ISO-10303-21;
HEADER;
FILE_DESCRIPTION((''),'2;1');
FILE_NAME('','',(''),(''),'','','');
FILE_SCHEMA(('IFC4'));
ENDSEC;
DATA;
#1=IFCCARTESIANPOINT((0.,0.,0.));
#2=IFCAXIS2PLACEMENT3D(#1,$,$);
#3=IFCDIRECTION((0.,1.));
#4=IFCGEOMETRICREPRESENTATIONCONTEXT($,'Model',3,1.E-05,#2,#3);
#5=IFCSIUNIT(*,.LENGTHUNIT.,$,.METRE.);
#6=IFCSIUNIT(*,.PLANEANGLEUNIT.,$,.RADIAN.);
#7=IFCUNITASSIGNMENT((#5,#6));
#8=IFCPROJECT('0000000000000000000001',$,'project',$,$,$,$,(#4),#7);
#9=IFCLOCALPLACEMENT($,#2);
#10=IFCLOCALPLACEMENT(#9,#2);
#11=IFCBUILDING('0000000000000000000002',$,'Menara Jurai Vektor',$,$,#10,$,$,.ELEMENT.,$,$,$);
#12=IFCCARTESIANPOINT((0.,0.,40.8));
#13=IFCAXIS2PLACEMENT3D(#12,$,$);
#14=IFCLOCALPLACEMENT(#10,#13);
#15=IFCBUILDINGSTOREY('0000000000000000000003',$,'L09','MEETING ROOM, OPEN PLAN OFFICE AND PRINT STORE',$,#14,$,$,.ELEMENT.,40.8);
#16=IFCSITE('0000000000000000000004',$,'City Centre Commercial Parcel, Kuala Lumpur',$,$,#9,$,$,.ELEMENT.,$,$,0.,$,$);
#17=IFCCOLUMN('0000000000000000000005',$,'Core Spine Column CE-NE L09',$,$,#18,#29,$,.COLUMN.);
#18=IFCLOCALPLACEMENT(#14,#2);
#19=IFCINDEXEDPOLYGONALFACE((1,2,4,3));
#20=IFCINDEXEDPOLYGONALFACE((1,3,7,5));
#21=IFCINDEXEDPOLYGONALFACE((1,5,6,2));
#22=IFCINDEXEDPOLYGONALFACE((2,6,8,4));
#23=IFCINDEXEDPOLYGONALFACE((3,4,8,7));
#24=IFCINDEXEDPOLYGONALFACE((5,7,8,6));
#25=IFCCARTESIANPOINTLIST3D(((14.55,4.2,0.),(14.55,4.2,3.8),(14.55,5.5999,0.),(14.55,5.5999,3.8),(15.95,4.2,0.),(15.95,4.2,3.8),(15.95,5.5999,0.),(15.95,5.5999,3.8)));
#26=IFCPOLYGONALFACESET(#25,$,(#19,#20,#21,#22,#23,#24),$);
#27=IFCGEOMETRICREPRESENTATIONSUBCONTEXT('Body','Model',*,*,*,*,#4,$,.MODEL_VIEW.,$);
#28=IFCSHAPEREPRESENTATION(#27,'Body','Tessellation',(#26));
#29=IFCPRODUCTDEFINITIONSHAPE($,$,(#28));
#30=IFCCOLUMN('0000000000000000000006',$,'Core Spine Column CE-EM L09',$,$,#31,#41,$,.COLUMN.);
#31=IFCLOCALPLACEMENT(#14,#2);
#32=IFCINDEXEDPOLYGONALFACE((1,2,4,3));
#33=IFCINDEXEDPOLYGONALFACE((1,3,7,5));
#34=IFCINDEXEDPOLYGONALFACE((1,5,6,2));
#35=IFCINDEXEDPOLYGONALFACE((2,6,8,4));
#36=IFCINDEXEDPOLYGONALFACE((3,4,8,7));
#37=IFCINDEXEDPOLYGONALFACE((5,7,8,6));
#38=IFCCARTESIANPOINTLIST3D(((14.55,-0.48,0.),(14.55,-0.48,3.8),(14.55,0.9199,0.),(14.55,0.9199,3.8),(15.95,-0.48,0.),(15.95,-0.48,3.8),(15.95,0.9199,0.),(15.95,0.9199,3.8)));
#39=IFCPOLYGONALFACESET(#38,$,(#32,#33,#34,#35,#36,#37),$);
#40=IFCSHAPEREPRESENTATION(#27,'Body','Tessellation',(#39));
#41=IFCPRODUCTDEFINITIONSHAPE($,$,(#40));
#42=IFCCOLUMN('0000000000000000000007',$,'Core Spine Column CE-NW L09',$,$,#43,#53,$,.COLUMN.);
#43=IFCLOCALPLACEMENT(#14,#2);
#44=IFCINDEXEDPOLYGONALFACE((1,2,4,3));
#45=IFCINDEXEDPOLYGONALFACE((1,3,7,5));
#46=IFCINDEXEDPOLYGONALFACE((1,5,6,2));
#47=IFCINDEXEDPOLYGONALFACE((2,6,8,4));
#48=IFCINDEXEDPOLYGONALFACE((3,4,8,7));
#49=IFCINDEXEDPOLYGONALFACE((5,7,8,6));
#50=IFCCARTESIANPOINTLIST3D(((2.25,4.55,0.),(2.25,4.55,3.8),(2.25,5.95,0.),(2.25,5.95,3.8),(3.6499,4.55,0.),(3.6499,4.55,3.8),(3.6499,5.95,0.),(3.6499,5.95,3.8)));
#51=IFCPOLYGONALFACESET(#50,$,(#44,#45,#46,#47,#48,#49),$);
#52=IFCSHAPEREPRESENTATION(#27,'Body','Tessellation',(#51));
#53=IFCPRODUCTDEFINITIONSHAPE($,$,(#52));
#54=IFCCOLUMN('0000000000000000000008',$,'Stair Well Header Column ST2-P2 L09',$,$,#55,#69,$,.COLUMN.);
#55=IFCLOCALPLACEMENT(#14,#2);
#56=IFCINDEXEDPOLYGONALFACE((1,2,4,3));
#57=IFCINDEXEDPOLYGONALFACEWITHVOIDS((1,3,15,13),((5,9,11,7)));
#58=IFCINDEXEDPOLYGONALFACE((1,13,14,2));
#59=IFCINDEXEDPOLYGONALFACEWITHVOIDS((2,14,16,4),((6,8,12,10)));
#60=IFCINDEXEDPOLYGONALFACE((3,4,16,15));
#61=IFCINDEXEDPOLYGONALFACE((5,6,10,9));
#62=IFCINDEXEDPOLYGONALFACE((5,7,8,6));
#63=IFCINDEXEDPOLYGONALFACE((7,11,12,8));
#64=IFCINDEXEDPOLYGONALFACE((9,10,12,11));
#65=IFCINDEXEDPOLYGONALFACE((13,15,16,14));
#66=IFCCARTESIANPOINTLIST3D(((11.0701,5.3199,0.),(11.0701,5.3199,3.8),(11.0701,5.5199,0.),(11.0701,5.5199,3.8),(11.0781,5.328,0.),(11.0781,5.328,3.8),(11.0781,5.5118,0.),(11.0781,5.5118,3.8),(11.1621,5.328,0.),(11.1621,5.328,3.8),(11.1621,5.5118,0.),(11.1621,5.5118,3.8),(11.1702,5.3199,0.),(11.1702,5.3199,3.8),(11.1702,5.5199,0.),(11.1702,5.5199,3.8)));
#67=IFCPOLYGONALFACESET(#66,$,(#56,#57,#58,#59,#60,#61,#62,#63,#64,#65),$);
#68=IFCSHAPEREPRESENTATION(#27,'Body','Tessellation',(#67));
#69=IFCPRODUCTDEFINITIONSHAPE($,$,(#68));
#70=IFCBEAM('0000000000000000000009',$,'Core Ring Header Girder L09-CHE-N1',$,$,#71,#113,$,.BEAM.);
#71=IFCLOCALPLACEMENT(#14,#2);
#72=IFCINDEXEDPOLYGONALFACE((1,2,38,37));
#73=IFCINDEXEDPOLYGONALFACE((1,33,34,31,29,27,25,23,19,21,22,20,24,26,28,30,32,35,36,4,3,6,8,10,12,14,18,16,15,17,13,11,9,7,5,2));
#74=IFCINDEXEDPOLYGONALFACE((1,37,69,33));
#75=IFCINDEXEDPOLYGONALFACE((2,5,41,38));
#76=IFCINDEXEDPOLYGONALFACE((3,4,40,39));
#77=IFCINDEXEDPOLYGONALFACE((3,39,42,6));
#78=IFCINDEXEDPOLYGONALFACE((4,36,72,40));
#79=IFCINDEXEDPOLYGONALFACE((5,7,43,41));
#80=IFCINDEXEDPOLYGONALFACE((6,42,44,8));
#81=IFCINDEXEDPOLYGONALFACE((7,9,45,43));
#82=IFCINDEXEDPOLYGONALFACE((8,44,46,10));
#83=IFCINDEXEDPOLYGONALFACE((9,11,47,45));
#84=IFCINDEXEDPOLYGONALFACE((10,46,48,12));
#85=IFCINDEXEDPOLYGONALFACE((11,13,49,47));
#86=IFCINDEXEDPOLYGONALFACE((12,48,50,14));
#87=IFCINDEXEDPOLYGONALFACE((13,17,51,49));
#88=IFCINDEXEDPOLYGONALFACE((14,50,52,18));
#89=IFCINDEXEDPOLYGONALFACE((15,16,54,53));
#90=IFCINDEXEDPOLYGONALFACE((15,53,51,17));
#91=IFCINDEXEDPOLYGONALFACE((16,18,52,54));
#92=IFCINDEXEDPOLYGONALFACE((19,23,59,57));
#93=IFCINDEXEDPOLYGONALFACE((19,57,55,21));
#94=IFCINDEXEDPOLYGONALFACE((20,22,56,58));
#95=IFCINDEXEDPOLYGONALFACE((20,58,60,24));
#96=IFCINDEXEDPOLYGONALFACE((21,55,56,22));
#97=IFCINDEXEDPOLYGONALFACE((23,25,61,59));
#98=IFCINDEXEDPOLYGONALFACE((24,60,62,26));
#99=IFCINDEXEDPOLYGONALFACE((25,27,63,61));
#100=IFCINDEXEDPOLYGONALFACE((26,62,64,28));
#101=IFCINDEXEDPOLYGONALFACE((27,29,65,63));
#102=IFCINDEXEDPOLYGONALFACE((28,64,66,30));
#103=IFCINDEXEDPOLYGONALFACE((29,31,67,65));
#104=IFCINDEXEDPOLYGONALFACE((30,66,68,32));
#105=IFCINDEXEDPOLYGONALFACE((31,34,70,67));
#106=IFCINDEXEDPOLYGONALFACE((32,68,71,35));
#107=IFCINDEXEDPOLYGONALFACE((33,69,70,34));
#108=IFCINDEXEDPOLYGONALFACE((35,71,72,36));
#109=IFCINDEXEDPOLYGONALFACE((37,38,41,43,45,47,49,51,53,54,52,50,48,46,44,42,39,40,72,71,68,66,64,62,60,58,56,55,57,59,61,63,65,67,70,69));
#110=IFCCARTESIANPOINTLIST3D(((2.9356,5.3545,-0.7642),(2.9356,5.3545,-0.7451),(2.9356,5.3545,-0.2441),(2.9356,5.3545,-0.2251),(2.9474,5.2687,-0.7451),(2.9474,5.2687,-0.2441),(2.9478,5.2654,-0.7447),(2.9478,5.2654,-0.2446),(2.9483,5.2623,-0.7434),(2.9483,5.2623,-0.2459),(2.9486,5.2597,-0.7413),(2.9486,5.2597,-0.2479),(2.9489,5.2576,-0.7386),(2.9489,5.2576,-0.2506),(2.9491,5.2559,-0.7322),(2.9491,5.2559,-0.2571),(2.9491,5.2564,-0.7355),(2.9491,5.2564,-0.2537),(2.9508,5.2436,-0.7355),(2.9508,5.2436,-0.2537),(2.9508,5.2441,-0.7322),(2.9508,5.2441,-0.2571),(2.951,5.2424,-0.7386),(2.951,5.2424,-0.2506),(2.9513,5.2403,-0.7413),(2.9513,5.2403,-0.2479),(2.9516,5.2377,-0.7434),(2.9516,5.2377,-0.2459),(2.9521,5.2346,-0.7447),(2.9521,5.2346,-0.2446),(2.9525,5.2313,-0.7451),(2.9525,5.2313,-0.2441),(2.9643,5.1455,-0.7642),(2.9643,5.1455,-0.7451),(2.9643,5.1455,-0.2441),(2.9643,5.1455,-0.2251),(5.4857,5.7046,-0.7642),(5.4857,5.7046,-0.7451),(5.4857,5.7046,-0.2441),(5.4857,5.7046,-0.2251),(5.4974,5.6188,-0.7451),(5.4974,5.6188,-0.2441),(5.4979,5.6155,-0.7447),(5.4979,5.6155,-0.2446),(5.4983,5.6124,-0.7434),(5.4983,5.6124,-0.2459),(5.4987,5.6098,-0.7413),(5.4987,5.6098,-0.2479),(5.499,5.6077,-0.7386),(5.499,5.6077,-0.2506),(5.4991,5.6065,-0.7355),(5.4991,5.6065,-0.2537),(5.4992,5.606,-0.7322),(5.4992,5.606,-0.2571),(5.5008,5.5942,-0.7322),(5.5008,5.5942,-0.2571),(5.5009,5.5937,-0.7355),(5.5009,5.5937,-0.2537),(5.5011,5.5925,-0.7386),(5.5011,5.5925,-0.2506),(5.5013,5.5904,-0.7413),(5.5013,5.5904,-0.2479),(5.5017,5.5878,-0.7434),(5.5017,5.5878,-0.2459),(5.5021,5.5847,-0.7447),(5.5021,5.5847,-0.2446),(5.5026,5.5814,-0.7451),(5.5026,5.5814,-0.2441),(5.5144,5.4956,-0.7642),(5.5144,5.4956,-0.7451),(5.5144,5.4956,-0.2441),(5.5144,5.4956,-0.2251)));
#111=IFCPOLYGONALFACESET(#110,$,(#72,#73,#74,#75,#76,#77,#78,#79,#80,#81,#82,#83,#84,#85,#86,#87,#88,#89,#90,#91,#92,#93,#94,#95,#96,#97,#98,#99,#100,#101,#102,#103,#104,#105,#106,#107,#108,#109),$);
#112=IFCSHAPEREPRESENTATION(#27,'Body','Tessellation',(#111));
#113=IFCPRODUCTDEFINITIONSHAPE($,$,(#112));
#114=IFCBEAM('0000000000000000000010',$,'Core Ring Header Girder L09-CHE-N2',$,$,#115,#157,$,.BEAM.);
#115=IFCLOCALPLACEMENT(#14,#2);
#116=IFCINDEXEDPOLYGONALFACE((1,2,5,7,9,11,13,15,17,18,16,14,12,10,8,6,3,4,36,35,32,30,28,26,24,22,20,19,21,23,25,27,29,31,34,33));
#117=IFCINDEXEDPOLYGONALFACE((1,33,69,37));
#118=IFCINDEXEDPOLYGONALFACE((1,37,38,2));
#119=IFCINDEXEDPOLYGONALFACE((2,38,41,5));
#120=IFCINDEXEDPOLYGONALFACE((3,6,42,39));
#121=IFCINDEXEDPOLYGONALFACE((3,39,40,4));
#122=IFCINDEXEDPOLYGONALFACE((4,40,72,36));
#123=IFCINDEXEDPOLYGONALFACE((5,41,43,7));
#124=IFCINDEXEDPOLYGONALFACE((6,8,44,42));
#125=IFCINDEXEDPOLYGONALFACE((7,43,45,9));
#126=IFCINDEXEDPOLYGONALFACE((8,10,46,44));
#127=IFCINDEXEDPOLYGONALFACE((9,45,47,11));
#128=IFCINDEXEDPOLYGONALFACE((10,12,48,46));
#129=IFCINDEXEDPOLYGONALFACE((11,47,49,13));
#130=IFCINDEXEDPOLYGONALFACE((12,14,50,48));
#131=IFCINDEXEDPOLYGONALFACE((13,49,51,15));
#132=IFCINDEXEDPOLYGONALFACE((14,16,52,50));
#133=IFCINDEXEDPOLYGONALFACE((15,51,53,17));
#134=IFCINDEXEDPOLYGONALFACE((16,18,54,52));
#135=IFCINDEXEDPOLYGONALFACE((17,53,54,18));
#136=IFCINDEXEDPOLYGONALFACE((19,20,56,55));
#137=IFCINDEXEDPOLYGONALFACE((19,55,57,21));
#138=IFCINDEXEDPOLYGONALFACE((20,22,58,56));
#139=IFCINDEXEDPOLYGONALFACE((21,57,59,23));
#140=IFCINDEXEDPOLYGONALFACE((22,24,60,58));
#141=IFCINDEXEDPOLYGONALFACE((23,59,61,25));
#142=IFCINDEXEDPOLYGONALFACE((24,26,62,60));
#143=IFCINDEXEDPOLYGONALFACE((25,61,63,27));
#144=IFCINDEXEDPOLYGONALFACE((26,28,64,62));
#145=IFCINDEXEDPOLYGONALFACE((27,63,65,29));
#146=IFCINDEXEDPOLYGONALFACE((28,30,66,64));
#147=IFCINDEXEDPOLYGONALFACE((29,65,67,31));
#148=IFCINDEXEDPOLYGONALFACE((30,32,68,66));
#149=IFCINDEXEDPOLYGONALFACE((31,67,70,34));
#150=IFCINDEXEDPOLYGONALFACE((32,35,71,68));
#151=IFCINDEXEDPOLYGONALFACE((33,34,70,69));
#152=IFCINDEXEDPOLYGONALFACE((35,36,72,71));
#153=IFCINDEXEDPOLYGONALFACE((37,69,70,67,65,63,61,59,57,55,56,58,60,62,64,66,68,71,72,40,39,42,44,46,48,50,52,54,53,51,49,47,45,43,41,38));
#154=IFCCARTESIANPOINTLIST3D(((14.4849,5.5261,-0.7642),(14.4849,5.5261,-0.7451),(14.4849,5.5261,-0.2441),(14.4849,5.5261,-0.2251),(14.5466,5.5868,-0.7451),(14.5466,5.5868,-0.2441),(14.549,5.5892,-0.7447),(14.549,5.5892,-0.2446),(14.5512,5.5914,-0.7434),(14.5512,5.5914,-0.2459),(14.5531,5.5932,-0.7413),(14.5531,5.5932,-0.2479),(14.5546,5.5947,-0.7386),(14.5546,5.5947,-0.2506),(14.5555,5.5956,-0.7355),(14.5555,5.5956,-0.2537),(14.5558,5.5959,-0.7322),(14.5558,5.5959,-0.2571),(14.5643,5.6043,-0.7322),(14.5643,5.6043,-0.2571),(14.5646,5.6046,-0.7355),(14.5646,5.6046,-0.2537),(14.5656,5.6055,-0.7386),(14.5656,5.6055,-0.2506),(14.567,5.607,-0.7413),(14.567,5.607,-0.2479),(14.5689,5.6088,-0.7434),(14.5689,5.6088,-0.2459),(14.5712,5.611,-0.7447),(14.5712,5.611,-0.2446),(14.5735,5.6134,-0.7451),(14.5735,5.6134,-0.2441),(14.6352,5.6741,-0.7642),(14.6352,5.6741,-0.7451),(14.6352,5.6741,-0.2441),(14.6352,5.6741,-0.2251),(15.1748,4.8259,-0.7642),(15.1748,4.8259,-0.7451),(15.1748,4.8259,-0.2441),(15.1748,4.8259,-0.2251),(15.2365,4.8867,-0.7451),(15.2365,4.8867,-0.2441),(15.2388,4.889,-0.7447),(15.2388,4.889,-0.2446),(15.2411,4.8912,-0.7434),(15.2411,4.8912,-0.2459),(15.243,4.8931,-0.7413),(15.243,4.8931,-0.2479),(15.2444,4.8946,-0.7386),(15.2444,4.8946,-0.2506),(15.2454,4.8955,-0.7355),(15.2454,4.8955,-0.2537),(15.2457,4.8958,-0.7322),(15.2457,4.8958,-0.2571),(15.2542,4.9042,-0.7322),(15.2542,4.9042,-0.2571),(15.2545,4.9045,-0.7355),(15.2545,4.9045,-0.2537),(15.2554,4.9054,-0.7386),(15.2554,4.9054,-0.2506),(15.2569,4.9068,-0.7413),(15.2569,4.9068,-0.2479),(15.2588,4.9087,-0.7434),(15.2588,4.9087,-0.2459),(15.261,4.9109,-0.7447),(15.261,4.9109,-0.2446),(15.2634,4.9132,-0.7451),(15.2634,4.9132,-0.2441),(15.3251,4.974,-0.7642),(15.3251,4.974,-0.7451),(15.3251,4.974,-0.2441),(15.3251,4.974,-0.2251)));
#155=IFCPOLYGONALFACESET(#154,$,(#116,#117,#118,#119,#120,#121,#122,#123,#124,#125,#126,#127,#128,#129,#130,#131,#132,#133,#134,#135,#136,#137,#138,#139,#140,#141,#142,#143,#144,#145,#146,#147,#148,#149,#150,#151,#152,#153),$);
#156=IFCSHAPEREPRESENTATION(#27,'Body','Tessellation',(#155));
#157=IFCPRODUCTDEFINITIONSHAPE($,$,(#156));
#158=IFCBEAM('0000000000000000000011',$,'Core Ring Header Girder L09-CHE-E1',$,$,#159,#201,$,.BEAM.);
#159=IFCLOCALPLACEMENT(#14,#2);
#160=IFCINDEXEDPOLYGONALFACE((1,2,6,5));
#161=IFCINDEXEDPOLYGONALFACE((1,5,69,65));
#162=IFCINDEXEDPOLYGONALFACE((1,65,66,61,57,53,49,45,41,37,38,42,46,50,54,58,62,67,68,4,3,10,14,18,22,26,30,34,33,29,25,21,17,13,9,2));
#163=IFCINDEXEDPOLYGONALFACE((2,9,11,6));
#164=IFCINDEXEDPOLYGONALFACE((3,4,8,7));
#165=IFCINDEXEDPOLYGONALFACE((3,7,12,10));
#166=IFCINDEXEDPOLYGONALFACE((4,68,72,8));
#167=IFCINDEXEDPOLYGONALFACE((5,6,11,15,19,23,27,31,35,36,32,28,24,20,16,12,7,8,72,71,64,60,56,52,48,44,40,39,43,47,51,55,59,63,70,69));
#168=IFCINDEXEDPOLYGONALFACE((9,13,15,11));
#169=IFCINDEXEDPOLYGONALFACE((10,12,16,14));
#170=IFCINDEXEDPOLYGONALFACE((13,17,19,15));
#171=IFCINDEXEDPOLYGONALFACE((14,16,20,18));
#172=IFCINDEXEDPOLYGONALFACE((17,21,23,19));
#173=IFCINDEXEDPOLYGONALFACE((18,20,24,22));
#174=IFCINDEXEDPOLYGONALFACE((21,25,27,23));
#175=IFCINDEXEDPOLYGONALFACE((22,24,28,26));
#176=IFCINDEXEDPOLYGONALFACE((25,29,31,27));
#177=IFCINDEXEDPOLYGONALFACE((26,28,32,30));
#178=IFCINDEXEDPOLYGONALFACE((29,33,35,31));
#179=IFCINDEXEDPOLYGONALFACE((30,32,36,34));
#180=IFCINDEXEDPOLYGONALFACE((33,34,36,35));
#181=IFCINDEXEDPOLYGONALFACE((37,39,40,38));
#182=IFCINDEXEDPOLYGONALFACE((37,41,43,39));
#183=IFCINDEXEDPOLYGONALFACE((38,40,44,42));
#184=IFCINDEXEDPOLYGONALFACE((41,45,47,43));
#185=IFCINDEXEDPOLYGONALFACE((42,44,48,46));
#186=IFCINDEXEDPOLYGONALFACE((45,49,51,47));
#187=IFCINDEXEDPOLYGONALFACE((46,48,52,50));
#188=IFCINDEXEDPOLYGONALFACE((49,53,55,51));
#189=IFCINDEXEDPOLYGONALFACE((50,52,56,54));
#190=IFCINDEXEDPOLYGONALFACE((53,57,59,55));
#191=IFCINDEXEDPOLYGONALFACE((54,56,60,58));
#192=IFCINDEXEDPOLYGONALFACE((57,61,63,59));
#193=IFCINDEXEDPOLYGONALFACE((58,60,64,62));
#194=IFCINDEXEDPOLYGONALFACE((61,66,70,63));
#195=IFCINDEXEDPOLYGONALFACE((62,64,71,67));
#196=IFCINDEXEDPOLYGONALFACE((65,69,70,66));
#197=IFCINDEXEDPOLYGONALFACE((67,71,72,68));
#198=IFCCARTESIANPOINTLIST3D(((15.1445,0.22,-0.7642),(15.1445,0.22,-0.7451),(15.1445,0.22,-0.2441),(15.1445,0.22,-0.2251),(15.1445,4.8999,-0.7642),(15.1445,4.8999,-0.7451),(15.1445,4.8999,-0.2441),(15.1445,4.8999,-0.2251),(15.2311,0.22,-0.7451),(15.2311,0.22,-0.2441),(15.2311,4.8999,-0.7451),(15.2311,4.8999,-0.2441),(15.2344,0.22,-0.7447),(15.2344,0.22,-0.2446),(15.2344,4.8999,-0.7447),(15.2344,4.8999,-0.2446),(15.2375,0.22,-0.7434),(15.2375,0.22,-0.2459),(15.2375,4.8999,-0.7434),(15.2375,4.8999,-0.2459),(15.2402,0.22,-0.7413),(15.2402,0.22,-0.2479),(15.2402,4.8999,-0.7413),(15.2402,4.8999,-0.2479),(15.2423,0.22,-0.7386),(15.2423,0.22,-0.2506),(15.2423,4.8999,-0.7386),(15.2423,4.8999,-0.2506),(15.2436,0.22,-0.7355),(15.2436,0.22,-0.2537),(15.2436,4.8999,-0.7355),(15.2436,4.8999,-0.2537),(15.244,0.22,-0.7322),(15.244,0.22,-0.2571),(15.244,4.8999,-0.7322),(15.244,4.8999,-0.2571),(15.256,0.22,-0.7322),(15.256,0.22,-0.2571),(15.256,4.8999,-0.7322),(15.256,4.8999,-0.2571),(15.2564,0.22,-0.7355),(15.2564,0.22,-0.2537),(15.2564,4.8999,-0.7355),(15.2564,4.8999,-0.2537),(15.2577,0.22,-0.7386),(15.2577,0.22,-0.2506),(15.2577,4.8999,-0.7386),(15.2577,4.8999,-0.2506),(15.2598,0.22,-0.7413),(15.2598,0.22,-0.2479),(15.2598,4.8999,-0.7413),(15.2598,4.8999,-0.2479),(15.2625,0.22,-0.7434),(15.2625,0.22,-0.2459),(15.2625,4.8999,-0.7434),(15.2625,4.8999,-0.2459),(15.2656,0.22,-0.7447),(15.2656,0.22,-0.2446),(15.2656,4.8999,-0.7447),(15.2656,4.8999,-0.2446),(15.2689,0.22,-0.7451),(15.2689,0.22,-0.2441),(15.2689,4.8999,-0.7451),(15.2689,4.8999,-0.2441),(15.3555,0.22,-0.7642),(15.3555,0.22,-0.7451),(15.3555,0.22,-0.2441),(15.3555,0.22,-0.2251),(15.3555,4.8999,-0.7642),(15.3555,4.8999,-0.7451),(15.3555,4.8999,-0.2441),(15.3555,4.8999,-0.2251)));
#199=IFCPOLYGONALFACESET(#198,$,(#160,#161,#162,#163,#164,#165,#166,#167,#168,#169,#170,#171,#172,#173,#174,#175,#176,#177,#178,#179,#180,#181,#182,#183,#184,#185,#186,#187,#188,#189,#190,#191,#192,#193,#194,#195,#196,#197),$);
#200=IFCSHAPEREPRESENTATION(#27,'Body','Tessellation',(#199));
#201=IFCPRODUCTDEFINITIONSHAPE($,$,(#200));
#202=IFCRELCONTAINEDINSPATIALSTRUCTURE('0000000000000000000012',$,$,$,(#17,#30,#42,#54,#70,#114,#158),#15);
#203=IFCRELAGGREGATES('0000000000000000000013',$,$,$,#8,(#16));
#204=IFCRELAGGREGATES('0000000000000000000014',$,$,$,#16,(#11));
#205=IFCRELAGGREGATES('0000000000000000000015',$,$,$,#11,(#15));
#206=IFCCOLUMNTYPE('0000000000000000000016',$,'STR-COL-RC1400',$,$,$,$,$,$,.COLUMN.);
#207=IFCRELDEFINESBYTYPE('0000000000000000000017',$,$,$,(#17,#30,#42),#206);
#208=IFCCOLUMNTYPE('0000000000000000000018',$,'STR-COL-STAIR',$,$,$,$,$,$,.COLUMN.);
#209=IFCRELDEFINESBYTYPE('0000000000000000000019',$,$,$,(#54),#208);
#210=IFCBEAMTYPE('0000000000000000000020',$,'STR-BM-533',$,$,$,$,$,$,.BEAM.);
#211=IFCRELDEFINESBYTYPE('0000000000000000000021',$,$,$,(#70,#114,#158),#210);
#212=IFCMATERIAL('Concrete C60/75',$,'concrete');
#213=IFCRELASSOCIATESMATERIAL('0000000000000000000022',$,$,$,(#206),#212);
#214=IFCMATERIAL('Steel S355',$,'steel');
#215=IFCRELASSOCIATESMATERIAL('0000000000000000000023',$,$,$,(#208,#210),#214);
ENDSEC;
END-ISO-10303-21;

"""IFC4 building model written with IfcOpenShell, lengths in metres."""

from ifc_helpers import new_model, si_unit, direction, frame, origin, origin_2d, place, context, subcontext, project, spatial, rectangle, hollow_rectangle, i_section, extrude, material, material_profile, profile_set, type_object, element, save


model = new_model("IFC4")

# Units and contexts
model_context = context("Model", 3, precision=1e-05, world=origin(), true_north=direction((0.0, 1.0)))
body_context = subcontext(model_context, "Body", "Model", "MODEL_VIEW")
ifc_project = project(units=[si_unit("LENGTHUNIT", "METRE"), si_unit("PLANEANGLEUNIT", "RADIAN")], contexts=[model_context])

# Site, building, storey
site_placement = place(None, origin())
site = spatial("IfcSite", under=ifc_project, at=site_placement, Name="City Centre Commercial Parcel, Kuala Lumpur", CompositionType="ELEMENT", RefElevation=0.0)
building_placement = place(site_placement, origin())
building = spatial("IfcBuilding", under=site, at=building_placement, Name="Menara Jurai Vektor", CompositionType="ELEMENT")
storey_placement = place(building_placement, frame((0.0, 0.0, 40.8)))
storey = spatial("IfcBuildingStorey", under=building, at=storey_placement, Name="L09", Description="MEETING ROOM, OPEN PLAN OFFICE AND PRINT STORE", CompositionType="ELEMENT", Elevation=40.8)

# Columns
ifc_material_1 = material(Name="Concrete C60/75", Category="concrete")
ifc_material_profile_1 = material_profile(ifc_material_1, rectangle(XDim=1.3999, YDim=1.3999, at=origin_2d()), Name="RC 1400x1400")
ifc_profile_set_1 = profile_set([ifc_material_profile_1], Name="Concrete C60/75")
column_type_1 = type_object("IfcColumnType", Name="STR-COL-RC1400", PredefinedType="COLUMN", material=ifc_profile_set_1)
for number, where, z_axis, x_axis, name in (
    (1, (15.25, 4.8999, 0.0), (0.0, 0.0, 1.0), (1.0, 0.0, 0.0), "Core Spine Column CE-NE L09"),
    (2, (15.25, 0.22, 0.0), (0.0, 0.0, 1.0), (1.0, 0.0, 0.0), "Core Spine Column CE-EM L09"),
    (3, (2.95, 5.25, 0.0), (0.0, 0.0, 1.0), (1.0, 0.0, 0.0), "Core Spine Column CE-NW L09"),
):
    element("IfcColumn", number, at=place(storey_placement, frame(where, z_axis=z_axis, x_axis=x_axis)), inside=storey, type_object=column_type_1, Name=name, PredefinedType="COLUMN", context=body_context, shape_type="SweptSolid", body=[
        extrude(rectangle(XDim=1.3999, YDim=1.3999, at=origin_2d()), origin(), (0.0, 0.0, 1.0), 3.8),
    ])
ifc_material_2 = material(Name="Steel S355", Category="steel")
ifc_material_profile_2 = material_profile(ifc_material_2, hollow_rectangle(XDim=0.1001, YDim=0.2, WallThickness=0.0081, at=origin_2d()), Name="RHS 200x100x8")
ifc_profile_set_2 = profile_set([ifc_material_profile_2], Name="Steel S355")
column_type_2 = type_object("IfcColumnType", Name="STR-COL-STAIR", PredefinedType="COLUMN", material=ifc_profile_set_2)
column_placement = place(storey_placement, frame((11.1201, 5.4199, 0.0), z_axis=(0.0, 0.0, 1.0), x_axis=(1.0, 0.0, 0.0)))
element("IfcColumn", 4, at=column_placement, inside=storey, type_object=column_type_2, Name="Stair Well Header Column ST2-P2 L09", PredefinedType="COLUMN", context=body_context, shape_type="SweptSolid", body=[
    extrude(hollow_rectangle(XDim=0.1001, YDim=0.2, WallThickness=0.0081, at=origin_2d()), origin(), (0.0, 0.0, 1.0), 3.8),
])

# Beams
ifc_material_profile_3 = material_profile(ifc_material_2, i_section(OverallWidth=0.2109, OverallDepth=0.5391, WebThickness=0.012, FlangeThickness=0.019, FilletRadius=0.0129, at=origin_2d()), Name="UKB 533x210x109")
ifc_profile_set_3 = profile_set([ifc_material_profile_3], Name="Steel S355")
beam_type_1 = type_object("IfcBeamType", Name="STR-BM-533", PredefinedType="BEAM", material=ifc_profile_set_3)
beam_1_placement = place(storey_placement, frame((2.95, 5.25, -0.4946), z_axis=(0.990707, 0.136015, 0.0), x_axis=(-0.136015, 0.990707, 0.0)))
element("IfcBeam", 5, at=beam_1_placement, inside=storey, type_object=beam_type_1, Name="Core Ring Header Girder L09-CHE-N1", PredefinedType="BEAM", context=body_context, shape_type="SweptSolid", body=[
    extrude(i_section(OverallWidth=0.2109, OverallDepth=0.5391, WebThickness=0.012, FlangeThickness=0.019, FilletRadius=0.0129, at=origin_2d()), origin(), (0.0, 0.0, 1.0), 2.574),
])
beam_2_placement = place(storey_placement, frame((14.5601, 5.6001, -0.4946), z_axis=(0.701872, -0.712303, 0.0), x_axis=(0.712303, 0.701872, 0.0)))
element("IfcBeam", 6, at=beam_2_placement, inside=storey, type_object=beam_type_1, Name="Core Ring Header Girder L09-CHE-N2", PredefinedType="BEAM", context=body_context, shape_type="SweptSolid", body=[
    extrude(i_section(OverallWidth=0.2109, OverallDepth=0.5391, WebThickness=0.012, FlangeThickness=0.019, FilletRadius=0.0129, at=origin_2d()), origin(), (0.0, 0.0, 1.0), 0.9829),
])
beam_3_placement = place(storey_placement, frame((15.25, 0.22, -0.4946), z_axis=(0.0, 1.0, 0.0), x_axis=(-1.0, 0.0, 0.0)))
element("IfcBeam", 7, at=beam_3_placement, inside=storey, type_object=beam_type_1, Name="Core Ring Header Girder L09-CHE-E1", PredefinedType="BEAM", context=body_context, shape_type="SweptSolid", body=[
    extrude(i_section(OverallWidth=0.2109, OverallDepth=0.5391, WebThickness=0.012, FlangeThickness=0.019, FilletRadius=0.0129, at=origin_2d()), origin(), (0.0, 0.0, 1.0), 4.6799),
])

save(model, "model.ifc")
